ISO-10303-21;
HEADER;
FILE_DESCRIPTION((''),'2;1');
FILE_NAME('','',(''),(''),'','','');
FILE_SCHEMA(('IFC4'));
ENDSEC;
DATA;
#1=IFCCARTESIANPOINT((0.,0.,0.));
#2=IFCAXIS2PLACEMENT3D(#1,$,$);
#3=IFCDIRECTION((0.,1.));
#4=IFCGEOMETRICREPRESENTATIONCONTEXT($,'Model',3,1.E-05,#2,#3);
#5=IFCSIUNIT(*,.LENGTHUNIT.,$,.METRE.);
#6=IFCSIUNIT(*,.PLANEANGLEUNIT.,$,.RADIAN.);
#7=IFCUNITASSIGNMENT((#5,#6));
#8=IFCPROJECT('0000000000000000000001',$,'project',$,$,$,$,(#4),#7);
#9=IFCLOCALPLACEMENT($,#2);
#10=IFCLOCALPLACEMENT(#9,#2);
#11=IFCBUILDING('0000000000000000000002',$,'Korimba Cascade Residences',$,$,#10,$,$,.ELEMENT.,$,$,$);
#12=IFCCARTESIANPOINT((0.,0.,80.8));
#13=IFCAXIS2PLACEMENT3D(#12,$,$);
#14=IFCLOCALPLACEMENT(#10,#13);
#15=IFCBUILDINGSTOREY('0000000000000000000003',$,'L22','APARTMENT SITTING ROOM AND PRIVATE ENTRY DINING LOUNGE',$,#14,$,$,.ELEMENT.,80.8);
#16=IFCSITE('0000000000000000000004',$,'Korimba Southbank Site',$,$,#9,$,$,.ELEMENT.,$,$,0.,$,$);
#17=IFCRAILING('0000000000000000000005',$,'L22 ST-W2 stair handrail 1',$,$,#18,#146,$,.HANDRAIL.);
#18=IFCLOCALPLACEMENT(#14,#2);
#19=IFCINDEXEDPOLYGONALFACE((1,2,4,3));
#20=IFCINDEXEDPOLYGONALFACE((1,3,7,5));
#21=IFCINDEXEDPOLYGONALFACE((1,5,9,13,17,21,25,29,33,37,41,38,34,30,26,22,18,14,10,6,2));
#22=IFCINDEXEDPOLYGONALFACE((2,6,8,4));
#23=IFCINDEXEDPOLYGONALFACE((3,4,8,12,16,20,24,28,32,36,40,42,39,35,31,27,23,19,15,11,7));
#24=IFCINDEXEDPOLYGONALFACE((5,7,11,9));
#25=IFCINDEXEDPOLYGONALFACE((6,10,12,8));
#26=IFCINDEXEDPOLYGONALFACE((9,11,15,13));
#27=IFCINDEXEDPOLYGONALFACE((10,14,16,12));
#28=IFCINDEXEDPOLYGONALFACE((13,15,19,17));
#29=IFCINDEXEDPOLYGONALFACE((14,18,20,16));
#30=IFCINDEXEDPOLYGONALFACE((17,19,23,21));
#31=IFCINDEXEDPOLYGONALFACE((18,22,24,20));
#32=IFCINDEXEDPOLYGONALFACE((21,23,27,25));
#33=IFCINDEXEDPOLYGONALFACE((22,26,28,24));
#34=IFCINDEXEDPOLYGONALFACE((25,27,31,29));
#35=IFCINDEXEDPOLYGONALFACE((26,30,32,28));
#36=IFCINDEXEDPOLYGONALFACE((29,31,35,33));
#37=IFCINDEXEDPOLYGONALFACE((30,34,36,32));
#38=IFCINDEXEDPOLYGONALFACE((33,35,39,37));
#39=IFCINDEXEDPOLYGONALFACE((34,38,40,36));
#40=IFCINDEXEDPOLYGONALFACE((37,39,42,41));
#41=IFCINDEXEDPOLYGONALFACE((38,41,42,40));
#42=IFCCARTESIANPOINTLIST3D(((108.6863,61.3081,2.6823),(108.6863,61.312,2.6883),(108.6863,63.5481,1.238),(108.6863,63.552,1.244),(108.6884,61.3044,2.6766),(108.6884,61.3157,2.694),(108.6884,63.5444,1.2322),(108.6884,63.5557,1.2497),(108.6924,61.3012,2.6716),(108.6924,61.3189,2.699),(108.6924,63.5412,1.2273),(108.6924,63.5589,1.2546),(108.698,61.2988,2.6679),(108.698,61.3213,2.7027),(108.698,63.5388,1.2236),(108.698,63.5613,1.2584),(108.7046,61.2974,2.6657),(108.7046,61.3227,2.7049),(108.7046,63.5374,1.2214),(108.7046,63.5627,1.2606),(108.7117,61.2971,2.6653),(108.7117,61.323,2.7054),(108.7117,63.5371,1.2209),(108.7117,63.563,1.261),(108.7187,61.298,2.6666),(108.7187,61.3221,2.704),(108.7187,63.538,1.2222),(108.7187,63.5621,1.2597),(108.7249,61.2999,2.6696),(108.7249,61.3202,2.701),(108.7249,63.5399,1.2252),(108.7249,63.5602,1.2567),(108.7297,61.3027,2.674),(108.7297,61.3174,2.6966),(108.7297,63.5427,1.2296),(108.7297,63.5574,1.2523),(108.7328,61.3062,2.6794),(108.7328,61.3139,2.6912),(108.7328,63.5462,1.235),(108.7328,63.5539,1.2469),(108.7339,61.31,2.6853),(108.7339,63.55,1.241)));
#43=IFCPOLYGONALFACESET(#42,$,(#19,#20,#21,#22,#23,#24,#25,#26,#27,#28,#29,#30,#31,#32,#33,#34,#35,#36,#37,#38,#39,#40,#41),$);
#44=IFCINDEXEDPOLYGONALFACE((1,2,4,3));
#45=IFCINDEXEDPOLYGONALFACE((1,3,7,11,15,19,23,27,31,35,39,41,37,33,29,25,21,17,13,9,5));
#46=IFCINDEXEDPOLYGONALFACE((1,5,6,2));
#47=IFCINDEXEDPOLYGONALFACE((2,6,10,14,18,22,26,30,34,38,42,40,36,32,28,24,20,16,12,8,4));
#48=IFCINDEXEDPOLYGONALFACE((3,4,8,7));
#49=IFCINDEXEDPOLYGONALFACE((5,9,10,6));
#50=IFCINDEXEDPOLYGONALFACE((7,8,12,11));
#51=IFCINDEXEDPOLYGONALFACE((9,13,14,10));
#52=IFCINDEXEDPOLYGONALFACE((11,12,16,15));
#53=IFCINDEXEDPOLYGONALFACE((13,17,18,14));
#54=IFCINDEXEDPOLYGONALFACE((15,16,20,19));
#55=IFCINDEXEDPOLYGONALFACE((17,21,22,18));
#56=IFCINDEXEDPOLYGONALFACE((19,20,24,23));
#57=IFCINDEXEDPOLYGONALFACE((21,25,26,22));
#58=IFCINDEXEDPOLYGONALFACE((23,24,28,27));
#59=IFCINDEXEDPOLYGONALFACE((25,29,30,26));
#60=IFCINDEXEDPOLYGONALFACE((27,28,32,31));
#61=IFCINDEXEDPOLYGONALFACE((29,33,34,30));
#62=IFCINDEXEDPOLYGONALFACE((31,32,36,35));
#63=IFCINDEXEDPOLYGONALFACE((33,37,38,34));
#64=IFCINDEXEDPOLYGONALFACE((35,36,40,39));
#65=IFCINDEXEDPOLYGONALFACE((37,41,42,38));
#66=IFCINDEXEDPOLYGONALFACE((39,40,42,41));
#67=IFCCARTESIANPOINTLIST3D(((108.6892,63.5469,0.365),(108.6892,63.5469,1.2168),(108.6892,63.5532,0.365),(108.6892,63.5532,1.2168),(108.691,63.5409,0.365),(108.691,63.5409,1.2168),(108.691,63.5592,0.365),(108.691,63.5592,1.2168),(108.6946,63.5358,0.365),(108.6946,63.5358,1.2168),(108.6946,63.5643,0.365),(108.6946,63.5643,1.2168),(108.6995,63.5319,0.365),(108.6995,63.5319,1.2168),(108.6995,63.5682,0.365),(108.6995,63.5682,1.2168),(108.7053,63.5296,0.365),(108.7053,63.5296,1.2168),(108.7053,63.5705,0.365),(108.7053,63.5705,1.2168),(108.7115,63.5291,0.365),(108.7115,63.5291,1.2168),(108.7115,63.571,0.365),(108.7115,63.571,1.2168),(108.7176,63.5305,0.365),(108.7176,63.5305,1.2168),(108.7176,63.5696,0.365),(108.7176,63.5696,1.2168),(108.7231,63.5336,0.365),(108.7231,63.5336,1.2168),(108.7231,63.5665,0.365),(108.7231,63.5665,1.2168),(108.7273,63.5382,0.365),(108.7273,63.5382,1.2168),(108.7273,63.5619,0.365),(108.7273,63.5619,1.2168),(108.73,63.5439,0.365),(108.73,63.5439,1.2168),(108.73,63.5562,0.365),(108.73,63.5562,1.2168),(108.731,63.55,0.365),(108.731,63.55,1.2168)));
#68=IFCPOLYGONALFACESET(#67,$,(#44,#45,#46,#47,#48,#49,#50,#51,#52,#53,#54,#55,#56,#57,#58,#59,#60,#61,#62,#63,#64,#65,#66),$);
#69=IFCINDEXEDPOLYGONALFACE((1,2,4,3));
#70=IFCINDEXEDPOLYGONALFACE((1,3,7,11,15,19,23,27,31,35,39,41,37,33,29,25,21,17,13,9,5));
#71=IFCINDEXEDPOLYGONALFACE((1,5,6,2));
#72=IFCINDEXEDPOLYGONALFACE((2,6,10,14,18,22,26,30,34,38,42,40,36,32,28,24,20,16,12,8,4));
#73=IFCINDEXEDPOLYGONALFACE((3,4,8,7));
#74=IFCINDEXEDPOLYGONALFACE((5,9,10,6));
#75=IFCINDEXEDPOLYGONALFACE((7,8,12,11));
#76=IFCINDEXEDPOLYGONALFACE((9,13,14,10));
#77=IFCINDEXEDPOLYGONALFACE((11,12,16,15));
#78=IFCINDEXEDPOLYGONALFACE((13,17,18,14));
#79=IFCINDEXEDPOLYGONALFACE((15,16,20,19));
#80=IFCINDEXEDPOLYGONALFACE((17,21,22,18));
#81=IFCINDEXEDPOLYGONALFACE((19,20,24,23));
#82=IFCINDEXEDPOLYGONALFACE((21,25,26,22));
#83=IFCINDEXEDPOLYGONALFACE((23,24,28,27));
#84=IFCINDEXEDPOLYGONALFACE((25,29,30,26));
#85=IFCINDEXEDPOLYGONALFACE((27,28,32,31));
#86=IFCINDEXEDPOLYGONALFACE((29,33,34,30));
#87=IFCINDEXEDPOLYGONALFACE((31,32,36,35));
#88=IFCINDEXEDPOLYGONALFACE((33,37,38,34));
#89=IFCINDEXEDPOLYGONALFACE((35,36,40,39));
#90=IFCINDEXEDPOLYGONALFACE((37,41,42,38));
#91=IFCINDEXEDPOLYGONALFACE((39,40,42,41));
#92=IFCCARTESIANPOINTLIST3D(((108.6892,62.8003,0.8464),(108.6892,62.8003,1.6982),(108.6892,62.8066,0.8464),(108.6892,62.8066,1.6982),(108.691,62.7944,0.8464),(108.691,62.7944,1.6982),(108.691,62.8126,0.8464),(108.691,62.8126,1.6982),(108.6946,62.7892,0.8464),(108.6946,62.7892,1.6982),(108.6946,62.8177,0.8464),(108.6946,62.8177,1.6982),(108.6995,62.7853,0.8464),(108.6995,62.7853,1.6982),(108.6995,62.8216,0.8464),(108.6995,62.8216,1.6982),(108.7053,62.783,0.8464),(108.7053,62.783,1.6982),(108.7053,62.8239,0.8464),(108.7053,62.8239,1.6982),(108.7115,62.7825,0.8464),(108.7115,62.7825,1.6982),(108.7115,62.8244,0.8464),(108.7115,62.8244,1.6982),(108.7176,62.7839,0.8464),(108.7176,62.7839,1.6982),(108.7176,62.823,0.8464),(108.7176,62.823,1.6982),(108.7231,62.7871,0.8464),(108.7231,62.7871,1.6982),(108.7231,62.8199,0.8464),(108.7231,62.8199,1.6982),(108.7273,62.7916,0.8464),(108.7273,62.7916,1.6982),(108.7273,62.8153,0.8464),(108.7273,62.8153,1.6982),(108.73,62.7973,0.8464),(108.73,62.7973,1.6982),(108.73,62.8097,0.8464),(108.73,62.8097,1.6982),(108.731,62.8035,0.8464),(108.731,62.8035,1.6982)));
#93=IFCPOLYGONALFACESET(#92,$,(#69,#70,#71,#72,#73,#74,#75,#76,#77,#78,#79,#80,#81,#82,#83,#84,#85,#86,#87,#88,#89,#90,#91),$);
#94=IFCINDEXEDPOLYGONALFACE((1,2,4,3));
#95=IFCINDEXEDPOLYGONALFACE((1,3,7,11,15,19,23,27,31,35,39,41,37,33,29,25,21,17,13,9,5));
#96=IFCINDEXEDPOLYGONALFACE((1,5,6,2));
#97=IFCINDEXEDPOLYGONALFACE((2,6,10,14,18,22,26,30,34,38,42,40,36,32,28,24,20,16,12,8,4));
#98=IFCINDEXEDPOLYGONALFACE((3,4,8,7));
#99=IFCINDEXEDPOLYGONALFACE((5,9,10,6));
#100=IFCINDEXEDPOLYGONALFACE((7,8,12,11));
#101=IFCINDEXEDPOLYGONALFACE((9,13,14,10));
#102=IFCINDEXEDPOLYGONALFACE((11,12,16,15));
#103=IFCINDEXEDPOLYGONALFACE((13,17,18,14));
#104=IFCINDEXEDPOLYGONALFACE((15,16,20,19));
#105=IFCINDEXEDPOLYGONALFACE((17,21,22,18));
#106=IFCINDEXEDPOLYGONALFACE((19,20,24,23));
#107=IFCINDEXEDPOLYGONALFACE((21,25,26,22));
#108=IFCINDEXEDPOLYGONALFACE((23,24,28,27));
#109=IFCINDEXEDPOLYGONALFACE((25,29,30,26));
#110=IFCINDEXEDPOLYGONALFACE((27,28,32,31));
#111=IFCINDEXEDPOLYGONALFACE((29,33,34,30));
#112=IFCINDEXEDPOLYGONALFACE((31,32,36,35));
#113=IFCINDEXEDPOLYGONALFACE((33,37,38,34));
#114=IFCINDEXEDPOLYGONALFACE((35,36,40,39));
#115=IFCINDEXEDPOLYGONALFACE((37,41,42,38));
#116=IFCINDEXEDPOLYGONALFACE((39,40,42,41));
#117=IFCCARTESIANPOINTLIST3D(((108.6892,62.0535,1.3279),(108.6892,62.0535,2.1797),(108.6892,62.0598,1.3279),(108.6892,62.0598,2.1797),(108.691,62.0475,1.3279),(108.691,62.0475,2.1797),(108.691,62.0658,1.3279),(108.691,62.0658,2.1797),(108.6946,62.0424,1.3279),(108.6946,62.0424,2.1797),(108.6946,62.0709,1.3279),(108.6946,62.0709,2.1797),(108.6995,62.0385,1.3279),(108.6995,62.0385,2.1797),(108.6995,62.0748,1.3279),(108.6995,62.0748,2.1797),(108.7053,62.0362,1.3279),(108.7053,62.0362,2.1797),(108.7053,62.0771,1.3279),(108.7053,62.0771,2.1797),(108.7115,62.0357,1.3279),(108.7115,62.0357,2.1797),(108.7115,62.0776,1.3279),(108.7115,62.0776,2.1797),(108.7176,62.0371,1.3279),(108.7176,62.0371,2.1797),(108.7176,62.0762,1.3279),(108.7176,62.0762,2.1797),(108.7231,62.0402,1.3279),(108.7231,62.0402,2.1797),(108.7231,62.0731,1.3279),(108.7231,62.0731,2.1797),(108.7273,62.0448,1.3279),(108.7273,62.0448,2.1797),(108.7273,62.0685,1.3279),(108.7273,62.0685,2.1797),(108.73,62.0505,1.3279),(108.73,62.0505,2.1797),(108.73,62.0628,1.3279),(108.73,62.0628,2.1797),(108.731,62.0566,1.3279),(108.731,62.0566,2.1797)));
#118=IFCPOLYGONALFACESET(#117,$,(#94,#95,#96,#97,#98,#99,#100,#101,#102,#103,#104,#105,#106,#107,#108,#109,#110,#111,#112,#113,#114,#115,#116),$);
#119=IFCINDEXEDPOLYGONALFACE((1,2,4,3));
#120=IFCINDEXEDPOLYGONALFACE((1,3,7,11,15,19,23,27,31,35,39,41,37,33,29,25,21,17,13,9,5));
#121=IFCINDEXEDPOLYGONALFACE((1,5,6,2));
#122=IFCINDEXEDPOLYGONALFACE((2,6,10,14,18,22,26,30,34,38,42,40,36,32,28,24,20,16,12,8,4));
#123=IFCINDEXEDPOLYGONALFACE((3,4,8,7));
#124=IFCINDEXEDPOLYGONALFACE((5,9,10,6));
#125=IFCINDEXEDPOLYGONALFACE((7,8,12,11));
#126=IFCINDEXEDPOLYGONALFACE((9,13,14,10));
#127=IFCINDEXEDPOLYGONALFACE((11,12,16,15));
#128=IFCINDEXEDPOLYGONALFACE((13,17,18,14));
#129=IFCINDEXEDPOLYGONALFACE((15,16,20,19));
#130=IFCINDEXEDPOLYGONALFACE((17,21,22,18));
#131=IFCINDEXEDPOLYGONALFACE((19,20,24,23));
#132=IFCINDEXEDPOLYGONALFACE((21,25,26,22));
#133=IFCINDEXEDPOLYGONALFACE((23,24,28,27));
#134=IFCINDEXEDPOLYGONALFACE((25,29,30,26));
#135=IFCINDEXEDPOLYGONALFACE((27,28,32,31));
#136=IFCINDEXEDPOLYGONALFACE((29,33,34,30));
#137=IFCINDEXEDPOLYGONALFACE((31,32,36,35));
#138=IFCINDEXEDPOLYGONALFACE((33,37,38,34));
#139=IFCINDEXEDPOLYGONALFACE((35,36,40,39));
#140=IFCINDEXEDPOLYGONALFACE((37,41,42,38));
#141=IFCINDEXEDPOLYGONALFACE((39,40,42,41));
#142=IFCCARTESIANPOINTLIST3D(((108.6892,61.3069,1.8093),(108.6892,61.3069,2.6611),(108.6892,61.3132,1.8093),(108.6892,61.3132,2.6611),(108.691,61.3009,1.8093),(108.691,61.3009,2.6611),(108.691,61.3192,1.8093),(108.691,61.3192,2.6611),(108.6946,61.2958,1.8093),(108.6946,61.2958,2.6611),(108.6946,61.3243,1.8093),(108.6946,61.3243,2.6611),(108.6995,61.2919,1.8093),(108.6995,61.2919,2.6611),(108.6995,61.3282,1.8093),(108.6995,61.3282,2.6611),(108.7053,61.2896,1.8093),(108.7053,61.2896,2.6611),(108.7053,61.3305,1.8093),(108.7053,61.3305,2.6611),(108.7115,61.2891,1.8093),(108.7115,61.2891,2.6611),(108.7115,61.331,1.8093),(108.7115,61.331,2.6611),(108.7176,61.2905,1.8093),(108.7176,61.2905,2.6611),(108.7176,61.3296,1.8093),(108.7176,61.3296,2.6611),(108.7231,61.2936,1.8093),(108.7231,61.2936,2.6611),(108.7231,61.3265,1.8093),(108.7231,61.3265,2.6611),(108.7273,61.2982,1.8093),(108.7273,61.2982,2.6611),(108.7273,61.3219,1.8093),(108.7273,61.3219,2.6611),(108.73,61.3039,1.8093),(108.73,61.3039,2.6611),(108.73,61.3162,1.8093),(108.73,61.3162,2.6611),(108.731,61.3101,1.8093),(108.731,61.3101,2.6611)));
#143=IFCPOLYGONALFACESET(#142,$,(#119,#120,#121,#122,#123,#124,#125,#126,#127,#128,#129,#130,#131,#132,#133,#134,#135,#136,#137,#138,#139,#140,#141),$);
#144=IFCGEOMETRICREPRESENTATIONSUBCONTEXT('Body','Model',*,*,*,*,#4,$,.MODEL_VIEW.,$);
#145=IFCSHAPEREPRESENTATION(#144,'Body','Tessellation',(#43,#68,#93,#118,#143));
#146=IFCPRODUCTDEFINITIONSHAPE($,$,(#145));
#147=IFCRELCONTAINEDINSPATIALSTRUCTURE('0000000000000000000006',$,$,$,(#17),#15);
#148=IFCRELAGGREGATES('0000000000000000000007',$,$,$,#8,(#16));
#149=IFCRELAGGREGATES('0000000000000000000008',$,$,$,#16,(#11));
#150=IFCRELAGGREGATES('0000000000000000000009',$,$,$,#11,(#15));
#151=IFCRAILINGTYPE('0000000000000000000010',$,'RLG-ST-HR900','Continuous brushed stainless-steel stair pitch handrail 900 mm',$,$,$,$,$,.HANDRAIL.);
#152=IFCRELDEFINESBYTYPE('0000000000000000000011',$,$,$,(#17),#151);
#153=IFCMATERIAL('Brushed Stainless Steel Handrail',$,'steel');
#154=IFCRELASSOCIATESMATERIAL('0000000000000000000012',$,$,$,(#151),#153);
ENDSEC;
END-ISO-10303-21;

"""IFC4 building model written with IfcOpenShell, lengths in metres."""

from ifc_helpers import new_model, si_unit, direction, frame, origin, origin_2d, place, context, subcontext, project, spatial, circle, extrude, material, type_object, element, save


model = new_model("IFC4")

# Units and contexts
model_context = context("Model", 3, precision=1e-05, world=origin(), true_north=direction((0.0, 1.0)))
body_context = subcontext(model_context, "Body", "Model", "MODEL_VIEW")
ifc_project = project(units=[si_unit("LENGTHUNIT", "METRE"), si_unit("PLANEANGLEUNIT", "RADIAN")], contexts=[model_context])

# Site, building, storey
site_placement = place(None, origin())
site = spatial("IfcSite", under=ifc_project, at=site_placement, Name="Korimba Southbank Site", CompositionType="ELEMENT", RefElevation=0.0)
building_placement = place(site_placement, origin())
building = spatial("IfcBuilding", under=site, at=building_placement, Name="Korimba Cascade Residences", CompositionType="ELEMENT")
storey_placement = place(building_placement, frame((0.0, 0.0, 80.8)))
storey = spatial("IfcBuildingStorey", under=building, at=storey_placement, Name="L22", Description="APARTMENT SITTING ROOM AND PRIVATE ENTRY DINING LOUNGE", CompositionType="ELEMENT", Elevation=80.8)

# Railing
ifc_material_1 = material(Name="Brushed Stainless Steel Handrail", Category="steel")
railing_type_1 = type_object("IfcRailingType", Name="RLG-ST-HR900", Description="Continuous brushed stainless-steel stair pitch handrail 900 mm", PredefinedType="HANDRAIL", material=ifc_material_1)
railing_1_placement = place(storey_placement, frame((108.71, 63.55, 0.365)))
element("IfcRailing", 1, at=railing_1_placement, inside=storey, type_object=railing_type_1, Name="L22 ST-W2 stair handrail 1", PredefinedType="HANDRAIL", context=body_context, shape_type="SweptSolid", body=[
    extrude(circle(Radius=0.0239, at=origin_2d()), frame((0.0, 0.0, 0.876), z_axis=(0.0, -0.840437, 0.54191), x_axis=(1.0, 0.0, 0.0)), (0.0, 0.0, 1.0), 2.6653),
    extrude(circle(Radius=0.021, at=origin_2d()), origin(), (0.0, 0.0, 1.0), 0.8518),
    extrude(circle(Radius=0.021, at=origin_2d()), frame((0.0, -0.7466, 0.4814)), (0.0, 0.0, 1.0), 0.8518),
    extrude(circle(Radius=0.021, at=origin_2d()), frame((0.0, -1.4934, 0.9629)), (0.0, 0.0, 1.0), 0.8518),
    extrude(circle(Radius=0.021, at=origin_2d()), frame((0.0, -2.24, 1.4443)), (0.0, 0.0, 1.0), 0.8518),
])

save(model, "model.ifc")
